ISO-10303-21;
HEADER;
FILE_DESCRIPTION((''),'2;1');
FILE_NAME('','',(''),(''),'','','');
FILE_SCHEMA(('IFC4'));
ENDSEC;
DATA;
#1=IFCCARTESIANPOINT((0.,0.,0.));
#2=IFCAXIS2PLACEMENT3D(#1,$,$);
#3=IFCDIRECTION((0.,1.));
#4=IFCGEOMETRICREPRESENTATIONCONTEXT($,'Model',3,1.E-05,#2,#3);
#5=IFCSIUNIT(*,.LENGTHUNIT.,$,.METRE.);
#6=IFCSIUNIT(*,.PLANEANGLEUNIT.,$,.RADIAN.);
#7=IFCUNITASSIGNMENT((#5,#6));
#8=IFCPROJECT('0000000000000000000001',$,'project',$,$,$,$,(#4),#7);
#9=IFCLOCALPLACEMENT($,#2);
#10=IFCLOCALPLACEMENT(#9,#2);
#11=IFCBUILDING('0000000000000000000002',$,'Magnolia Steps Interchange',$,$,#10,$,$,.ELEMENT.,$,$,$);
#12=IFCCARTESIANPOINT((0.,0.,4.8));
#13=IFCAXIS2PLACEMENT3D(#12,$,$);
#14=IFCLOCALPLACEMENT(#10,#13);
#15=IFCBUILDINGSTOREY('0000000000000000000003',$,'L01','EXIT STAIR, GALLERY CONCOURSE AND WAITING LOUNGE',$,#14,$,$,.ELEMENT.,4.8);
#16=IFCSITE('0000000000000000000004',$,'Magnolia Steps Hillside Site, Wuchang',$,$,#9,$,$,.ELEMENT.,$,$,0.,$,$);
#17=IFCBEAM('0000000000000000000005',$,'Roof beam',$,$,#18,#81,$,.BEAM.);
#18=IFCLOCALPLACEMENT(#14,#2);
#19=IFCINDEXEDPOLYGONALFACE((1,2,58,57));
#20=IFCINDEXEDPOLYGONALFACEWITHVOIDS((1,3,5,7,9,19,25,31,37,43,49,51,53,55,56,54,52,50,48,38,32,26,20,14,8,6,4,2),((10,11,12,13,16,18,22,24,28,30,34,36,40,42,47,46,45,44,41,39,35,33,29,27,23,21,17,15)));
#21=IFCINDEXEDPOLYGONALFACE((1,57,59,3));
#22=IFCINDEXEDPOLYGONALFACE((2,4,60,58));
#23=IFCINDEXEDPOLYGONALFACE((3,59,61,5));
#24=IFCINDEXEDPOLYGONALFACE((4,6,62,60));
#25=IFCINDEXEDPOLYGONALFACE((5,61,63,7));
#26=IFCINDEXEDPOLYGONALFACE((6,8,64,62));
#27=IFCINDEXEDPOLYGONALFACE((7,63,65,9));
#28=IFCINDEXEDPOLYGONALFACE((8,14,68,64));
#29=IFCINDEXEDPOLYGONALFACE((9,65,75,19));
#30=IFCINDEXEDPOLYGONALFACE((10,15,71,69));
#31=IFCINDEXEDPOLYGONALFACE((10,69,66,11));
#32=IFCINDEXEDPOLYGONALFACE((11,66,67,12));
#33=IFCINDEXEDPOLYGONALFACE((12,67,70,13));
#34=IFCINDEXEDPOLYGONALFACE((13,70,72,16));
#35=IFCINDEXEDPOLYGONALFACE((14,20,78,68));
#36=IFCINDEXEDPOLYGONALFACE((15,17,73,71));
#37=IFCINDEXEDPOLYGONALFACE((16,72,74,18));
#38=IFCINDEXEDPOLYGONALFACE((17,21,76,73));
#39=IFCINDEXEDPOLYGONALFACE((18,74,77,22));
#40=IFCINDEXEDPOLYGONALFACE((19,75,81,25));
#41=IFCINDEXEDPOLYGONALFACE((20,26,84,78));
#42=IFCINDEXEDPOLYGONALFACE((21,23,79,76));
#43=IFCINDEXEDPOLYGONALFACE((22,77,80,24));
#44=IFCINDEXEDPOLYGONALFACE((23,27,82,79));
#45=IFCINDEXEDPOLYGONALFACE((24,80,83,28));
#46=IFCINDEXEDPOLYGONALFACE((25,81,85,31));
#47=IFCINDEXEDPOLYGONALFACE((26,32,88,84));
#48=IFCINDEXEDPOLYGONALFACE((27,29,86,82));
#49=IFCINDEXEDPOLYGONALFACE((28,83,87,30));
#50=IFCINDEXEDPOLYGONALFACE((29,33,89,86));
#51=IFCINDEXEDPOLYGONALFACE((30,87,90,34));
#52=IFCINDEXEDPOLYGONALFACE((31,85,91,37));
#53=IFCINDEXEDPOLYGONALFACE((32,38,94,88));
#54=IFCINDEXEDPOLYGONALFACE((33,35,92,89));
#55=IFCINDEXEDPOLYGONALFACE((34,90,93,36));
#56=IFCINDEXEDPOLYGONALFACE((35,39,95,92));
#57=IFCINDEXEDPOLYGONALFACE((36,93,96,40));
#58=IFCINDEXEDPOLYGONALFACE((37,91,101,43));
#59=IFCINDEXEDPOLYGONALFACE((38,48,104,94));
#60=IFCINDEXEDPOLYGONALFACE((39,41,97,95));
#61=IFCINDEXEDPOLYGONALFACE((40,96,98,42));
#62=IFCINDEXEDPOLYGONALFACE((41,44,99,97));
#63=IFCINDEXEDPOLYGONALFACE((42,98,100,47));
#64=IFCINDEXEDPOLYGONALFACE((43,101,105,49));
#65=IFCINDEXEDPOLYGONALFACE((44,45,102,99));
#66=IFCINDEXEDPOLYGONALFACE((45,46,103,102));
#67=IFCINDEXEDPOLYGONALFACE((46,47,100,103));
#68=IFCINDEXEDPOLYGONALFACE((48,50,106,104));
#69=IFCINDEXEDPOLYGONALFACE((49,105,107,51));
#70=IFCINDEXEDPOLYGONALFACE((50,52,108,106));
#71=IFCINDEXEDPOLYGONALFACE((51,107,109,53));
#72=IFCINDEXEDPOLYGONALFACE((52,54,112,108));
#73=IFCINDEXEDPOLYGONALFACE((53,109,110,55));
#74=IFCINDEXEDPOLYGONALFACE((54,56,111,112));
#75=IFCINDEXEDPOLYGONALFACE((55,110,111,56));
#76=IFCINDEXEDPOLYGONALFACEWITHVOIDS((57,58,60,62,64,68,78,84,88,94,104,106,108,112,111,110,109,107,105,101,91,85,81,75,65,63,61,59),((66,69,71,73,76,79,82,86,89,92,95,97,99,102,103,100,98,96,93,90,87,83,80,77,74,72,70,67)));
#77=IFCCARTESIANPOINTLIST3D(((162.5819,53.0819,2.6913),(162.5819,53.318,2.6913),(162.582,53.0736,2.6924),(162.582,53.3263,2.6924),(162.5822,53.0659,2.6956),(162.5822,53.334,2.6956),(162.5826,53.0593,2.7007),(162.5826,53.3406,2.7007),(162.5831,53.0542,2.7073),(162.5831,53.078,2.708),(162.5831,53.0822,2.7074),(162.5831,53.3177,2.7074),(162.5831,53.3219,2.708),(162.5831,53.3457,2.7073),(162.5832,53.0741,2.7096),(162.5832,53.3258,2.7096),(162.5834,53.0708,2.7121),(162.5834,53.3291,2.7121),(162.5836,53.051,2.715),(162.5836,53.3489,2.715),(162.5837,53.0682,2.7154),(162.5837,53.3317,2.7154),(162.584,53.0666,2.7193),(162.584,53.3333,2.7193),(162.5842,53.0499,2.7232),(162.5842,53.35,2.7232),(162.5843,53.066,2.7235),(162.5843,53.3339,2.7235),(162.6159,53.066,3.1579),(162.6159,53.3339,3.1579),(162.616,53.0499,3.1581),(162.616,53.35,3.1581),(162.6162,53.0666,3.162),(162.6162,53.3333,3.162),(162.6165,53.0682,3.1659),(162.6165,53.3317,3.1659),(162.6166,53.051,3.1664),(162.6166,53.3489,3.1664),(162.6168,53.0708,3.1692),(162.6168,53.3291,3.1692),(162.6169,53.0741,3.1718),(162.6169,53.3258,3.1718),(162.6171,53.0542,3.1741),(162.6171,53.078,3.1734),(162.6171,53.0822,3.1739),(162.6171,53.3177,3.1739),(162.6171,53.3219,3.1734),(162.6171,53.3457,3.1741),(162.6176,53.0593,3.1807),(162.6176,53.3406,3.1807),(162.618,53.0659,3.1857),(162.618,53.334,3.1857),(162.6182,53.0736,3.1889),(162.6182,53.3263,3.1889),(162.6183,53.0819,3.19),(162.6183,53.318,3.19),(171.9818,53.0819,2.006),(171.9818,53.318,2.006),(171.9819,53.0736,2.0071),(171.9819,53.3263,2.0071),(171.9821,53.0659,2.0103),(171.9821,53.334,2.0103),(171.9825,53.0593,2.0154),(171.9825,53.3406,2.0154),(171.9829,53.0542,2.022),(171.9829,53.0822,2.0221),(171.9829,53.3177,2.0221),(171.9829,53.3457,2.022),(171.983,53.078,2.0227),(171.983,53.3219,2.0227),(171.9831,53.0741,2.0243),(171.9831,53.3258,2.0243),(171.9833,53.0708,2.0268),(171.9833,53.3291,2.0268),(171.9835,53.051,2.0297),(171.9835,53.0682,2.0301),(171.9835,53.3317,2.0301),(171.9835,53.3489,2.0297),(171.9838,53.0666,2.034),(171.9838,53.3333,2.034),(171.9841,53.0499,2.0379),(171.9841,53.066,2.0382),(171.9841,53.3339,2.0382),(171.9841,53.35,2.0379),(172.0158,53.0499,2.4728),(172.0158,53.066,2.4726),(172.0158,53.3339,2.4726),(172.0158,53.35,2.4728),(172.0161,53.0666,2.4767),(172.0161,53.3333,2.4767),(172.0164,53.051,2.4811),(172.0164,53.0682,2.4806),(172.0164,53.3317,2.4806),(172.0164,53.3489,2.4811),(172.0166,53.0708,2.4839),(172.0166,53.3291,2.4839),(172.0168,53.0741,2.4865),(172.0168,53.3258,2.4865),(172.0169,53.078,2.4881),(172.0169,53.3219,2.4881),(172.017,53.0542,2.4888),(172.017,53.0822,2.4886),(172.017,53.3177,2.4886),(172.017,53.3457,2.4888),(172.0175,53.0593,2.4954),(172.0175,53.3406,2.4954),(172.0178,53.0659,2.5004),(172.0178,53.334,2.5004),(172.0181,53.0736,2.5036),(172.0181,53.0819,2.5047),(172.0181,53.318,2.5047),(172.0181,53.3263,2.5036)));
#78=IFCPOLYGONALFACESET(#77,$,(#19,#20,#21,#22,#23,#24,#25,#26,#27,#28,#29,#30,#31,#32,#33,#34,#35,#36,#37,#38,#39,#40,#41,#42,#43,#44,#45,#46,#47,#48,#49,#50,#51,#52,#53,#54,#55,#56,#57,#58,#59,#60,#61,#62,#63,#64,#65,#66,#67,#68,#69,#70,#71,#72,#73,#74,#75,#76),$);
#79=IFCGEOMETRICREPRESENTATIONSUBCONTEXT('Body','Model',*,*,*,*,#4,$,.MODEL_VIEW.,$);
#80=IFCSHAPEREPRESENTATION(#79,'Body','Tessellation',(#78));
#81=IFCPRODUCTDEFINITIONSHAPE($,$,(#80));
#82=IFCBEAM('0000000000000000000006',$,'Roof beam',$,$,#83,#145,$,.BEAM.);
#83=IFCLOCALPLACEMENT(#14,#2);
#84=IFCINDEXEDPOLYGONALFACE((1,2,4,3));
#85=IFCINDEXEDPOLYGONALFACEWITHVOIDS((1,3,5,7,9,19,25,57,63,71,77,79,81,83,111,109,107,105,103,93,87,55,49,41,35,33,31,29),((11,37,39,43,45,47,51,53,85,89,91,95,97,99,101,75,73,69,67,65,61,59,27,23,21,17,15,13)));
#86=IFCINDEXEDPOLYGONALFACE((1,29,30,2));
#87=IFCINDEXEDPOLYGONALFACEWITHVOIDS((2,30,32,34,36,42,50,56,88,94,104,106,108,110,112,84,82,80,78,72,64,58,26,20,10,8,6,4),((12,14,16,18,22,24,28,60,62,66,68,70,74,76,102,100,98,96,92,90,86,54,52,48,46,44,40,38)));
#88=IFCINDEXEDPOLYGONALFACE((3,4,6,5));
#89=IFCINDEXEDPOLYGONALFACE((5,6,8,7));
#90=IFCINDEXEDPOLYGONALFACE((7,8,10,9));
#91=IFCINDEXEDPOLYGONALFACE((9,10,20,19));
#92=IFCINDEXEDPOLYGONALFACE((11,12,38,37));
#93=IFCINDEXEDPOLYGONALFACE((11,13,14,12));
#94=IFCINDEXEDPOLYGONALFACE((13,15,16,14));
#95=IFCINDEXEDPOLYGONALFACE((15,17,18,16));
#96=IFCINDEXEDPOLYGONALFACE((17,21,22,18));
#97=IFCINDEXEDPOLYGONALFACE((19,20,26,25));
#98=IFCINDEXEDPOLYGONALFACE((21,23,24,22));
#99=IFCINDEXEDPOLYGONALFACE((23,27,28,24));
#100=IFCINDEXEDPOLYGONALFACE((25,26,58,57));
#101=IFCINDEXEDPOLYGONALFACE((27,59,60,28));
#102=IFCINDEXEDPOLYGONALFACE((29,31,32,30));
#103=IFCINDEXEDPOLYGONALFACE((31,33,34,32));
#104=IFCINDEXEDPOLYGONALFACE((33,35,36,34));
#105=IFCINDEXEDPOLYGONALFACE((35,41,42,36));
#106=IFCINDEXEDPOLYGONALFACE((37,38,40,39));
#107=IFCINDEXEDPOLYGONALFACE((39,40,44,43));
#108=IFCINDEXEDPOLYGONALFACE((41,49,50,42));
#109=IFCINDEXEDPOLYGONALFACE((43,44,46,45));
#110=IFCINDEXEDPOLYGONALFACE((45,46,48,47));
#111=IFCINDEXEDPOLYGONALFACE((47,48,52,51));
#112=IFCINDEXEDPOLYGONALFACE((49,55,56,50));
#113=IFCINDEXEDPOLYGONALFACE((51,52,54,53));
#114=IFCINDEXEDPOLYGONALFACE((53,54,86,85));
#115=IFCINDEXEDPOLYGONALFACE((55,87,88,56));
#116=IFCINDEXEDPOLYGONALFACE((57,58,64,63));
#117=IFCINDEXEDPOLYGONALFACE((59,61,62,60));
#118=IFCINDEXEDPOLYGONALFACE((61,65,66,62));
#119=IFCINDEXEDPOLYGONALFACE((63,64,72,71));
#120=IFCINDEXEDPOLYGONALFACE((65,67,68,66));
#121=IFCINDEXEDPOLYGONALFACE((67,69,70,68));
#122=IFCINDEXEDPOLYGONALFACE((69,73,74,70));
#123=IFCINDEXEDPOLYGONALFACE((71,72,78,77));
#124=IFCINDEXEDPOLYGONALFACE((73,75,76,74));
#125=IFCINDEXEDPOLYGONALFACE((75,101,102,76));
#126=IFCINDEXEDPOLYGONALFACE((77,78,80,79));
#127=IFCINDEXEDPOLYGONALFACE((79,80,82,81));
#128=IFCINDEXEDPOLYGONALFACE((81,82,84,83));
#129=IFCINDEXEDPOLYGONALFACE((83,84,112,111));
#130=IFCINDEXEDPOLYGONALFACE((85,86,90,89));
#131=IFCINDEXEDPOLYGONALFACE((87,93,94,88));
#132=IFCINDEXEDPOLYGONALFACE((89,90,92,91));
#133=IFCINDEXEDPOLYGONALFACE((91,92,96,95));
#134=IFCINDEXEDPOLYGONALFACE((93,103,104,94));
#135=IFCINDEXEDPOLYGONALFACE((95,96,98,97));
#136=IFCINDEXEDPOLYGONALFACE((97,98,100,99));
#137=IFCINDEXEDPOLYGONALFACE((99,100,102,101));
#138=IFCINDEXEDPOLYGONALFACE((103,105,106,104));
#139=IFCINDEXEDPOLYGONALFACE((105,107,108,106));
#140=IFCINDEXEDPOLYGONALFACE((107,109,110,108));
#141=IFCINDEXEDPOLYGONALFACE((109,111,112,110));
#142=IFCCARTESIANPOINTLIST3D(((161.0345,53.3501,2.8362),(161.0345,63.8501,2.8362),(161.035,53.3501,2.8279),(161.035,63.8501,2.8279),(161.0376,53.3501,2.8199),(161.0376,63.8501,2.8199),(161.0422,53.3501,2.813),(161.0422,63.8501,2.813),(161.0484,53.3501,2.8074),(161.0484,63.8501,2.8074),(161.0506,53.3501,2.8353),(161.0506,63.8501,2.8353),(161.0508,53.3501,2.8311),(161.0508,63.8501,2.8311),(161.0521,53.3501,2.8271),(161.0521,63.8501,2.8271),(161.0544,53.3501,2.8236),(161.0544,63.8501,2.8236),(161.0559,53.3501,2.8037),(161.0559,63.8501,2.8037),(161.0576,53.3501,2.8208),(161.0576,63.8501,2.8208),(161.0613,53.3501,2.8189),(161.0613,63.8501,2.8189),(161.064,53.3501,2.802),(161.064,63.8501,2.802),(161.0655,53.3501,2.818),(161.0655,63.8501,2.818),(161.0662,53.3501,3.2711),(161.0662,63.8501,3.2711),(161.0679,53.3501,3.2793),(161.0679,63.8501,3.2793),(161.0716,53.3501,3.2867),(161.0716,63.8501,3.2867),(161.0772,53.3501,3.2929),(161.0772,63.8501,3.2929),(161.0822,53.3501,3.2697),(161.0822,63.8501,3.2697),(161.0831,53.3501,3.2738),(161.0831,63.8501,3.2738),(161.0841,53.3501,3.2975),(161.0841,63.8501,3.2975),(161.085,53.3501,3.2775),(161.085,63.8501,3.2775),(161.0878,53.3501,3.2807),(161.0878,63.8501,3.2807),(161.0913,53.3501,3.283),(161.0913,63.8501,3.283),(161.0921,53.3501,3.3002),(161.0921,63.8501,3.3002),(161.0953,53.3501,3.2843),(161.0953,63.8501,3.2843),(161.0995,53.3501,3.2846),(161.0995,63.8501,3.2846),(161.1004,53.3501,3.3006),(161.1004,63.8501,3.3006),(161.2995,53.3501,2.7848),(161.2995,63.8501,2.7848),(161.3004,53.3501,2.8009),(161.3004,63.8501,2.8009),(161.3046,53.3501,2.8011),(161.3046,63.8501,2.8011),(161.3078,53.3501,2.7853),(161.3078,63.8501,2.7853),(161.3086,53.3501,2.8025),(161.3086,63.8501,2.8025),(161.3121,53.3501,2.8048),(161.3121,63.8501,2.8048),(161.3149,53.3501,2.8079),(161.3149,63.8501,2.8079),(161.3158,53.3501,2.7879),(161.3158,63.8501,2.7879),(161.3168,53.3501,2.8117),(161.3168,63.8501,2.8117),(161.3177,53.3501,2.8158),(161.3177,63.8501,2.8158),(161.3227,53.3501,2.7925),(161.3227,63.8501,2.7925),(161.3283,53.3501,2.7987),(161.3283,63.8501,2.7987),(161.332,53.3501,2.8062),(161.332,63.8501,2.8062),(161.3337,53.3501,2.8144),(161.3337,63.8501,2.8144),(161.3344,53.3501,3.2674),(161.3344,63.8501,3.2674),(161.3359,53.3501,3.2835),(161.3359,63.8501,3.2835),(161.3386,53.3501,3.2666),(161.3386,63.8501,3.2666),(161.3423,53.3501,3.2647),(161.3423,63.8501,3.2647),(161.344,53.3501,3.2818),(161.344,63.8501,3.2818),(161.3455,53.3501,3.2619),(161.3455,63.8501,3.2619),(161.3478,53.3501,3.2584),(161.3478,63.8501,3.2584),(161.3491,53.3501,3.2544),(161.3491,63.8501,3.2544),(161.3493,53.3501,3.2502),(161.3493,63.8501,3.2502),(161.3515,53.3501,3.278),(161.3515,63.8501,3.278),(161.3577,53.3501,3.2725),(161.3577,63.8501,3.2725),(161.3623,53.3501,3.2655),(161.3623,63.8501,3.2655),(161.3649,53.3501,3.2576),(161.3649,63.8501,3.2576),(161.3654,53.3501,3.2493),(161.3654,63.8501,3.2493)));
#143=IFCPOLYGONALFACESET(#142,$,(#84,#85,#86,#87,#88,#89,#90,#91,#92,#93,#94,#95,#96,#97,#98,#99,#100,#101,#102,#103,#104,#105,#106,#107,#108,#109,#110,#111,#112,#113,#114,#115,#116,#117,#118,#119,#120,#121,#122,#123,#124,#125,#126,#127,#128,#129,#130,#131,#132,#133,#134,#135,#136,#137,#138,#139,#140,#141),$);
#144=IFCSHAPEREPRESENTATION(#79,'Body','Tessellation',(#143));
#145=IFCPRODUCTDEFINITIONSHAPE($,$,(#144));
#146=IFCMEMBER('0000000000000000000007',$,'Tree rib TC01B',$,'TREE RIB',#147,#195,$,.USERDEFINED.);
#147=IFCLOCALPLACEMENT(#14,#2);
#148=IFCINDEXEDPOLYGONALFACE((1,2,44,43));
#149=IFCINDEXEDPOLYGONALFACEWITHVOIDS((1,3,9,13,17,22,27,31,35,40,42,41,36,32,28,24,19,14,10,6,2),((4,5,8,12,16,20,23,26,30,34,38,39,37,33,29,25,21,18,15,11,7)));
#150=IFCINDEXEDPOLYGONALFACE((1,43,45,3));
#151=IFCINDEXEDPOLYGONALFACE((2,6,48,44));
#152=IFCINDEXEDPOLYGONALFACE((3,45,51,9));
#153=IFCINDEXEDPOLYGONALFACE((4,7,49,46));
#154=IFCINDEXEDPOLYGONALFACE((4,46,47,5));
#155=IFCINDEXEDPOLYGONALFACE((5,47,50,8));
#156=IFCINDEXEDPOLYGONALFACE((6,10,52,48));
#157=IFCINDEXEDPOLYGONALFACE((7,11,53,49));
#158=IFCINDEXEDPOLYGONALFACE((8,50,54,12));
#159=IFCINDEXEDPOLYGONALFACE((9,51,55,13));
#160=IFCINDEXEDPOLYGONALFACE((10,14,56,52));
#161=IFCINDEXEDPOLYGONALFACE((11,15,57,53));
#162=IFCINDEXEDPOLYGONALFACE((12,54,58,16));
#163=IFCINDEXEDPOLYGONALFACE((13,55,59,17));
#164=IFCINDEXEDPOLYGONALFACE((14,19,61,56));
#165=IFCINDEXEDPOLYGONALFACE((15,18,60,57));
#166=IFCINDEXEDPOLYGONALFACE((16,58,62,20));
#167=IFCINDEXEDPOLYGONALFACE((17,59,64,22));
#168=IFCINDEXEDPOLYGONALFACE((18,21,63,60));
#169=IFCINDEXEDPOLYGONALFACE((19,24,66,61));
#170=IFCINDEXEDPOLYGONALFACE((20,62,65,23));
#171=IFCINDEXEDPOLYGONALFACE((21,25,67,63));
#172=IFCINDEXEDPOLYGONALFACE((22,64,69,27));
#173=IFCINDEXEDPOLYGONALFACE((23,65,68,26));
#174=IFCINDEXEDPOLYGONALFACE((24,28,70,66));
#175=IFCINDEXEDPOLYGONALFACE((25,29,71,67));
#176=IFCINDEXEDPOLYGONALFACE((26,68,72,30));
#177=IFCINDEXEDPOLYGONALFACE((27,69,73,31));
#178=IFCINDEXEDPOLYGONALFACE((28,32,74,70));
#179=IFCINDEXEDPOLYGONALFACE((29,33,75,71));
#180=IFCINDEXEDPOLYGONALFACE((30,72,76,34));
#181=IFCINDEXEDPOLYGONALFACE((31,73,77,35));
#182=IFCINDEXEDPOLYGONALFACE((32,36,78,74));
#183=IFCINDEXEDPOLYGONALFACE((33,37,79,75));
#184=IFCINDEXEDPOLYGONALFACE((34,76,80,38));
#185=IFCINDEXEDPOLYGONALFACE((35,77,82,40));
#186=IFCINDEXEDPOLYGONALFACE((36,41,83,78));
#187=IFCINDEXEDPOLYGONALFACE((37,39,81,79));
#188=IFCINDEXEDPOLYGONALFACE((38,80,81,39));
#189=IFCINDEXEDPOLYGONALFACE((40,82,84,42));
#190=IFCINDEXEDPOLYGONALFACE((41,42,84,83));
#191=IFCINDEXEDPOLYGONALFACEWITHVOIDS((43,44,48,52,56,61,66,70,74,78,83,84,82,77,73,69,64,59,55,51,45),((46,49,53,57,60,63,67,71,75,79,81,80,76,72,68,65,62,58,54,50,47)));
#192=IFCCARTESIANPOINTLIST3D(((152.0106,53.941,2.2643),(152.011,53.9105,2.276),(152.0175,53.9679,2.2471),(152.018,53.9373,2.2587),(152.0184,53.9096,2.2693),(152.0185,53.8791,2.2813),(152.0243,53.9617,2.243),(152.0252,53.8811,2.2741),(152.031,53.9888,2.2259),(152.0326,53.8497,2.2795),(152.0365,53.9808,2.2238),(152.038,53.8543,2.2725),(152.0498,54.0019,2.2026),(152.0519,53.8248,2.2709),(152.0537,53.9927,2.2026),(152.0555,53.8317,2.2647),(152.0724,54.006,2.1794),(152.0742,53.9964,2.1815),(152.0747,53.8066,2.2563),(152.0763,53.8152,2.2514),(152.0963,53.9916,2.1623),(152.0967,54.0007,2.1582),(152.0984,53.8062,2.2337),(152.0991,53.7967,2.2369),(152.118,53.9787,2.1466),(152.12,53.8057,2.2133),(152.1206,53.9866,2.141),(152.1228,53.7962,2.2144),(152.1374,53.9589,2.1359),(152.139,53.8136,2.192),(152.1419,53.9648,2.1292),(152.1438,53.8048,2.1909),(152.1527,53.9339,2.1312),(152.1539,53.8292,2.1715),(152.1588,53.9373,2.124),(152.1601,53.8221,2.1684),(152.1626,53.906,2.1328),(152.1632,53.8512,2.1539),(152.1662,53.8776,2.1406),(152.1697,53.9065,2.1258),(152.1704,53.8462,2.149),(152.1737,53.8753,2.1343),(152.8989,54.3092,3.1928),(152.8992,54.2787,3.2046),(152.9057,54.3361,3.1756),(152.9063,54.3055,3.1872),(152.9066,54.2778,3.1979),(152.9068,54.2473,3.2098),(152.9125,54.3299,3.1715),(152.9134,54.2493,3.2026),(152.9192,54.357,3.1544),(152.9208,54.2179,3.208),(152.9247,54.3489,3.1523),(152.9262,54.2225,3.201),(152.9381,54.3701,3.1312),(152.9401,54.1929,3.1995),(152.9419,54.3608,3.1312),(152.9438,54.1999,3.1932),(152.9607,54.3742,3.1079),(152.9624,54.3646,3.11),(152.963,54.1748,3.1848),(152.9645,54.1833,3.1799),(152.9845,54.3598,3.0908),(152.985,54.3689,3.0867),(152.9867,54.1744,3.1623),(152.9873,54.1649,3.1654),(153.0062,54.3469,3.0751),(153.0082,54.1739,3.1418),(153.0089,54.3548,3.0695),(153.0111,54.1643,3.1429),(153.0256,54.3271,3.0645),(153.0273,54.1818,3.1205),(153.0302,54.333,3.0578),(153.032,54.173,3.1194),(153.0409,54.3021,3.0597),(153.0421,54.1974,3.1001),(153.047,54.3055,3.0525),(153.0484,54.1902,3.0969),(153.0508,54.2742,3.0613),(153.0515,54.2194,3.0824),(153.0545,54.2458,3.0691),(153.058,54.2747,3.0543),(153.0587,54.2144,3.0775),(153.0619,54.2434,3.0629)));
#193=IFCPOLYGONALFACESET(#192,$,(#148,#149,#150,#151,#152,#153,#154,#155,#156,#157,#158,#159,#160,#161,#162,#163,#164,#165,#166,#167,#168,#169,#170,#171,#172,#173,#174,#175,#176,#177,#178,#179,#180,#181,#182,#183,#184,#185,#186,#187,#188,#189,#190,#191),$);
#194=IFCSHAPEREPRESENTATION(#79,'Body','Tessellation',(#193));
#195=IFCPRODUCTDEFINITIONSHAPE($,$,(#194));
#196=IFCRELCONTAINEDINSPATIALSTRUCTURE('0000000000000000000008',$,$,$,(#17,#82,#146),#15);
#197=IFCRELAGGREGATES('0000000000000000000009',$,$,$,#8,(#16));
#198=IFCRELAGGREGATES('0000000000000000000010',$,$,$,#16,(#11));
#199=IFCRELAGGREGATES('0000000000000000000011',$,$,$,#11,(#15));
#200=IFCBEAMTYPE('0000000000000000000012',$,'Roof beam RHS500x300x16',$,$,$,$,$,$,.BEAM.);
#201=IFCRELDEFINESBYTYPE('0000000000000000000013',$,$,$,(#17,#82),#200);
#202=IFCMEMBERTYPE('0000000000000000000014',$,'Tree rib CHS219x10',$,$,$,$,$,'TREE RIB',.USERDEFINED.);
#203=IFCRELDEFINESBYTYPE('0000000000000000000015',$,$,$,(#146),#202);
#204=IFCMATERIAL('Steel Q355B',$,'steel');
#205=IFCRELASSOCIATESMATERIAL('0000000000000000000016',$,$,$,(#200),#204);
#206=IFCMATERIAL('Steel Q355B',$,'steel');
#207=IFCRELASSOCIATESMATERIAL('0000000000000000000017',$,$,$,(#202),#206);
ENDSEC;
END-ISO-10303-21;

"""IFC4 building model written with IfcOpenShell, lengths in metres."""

from ifc_helpers import new_model, si_unit, direction, frame, origin, origin_2d, place, context, subcontext, project, spatial, hollow_rectangle, hollow_circle, extrude, material, material_profile, profile_set, type_object, element, save


model = new_model("IFC4")

# Units and contexts
model_context = context("Model", 3, precision=1e-05, world=origin(), true_north=direction((0.0, 1.0)))
body_context = subcontext(model_context, "Body", "Model", "MODEL_VIEW")
ifc_project = project(units=[si_unit("LENGTHUNIT", "METRE"), si_unit("PLANEANGLEUNIT", "RADIAN")], contexts=[model_context])

# Site, building, storey
site_placement = place(None, origin())
site = spatial("IfcSite", under=ifc_project, at=site_placement, Name="Magnolia Steps Hillside Site, Wuchang", CompositionType="ELEMENT", RefElevation=0.0)
building_placement = place(site_placement, origin())
building = spatial("IfcBuilding", under=site, at=building_placement, Name="Magnolia Steps Interchange", CompositionType="ELEMENT")
storey_placement = place(building_placement, frame((0.0, 0.0, 4.8)))
storey = spatial("IfcBuildingStorey", under=building, at=storey_placement, Name="L01", Description="EXIT STAIR, GALLERY CONCOURSE AND WAITING LOUNGE", CompositionType="ELEMENT", Elevation=4.8)

# Beams
ifc_material_1 = material(Name="Steel Q355B", Category="steel")
ifc_material_profile_1 = material_profile(ifc_material_1, hollow_rectangle(XDim=0.3, YDim=0.5, WallThickness=0.0161, InnerFilletRadius=0.0161, OuterFilletRadius=0.032, at=origin_2d()), Name="RHS500x300x16")
ifc_profile_set_1 = profile_set([ifc_material_profile_1], Name="Steel Q355B")
beam_type_1 = type_object("IfcBeamType", Name="Roof beam RHS500x300x16", PredefinedType="BEAM", material=ifc_profile_set_1)
beam_1_placement = place(storey_placement, frame((162.6001, 53.2, 2.9407), z_axis=(0.997353, 0.0, -0.072712), x_axis=(0.0, 1.0, 0.0)))
element("IfcBeam", 1, at=beam_1_placement, inside=storey, type_object=beam_type_1, Name="Roof beam", PredefinedType="BEAM", context=body_context, shape_type="SweptSolid", body=[
    extrude(hollow_rectangle(XDim=0.3, YDim=0.5, WallThickness=0.0161, InnerFilletRadius=0.0161, OuterFilletRadius=0.032, at=origin_2d()), origin(), (0.0, 0.0, 1.0), 9.4248),
])
beam_2_placement = place(storey_placement, frame((161.2, 53.3501, 3.0427), z_axis=(0.0, 1.0, 0.0), x_axis=(-0.997352, 0.0, 0.072724)))
element("IfcBeam", 2, at=beam_2_placement, inside=storey, type_object=beam_type_1, Name="Roof beam", PredefinedType="BEAM", context=body_context, shape_type="SweptSolid", body=[
    extrude(hollow_rectangle(XDim=0.3, YDim=0.5, WallThickness=0.0161, InnerFilletRadius=0.0161, OuterFilletRadius=0.032, at=origin_2d()), origin(), (0.0, 0.0, 1.0), 10.5),
])

# Member
ifc_material_2 = material(Name="Steel Q355B", Category="steel")
ifc_material_profile_2 = material_profile(ifc_material_2, hollow_circle(Radius=0.1096, WallThickness=0.01, at=origin_2d()), Name="CHS219x10")
ifc_profile_set_2 = profile_set([ifc_material_profile_2], Name="Steel Q355B")
member_type = type_object("IfcMemberType", Name="Tree rib CHS219x10", ElementType="TREE RIB", PredefinedType="USERDEFINED", material=ifc_profile_set_2)
member_1_placement = place(storey_placement, frame((152.0918, 53.9006, 2.2026), z_axis=(0.664516, 0.275451, 0.694655), x_axis=(-0.38292, 0.923782, 0.0)))
element("IfcMember", 3, at=member_1_placement, inside=storey, type_object=member_type, Name="Tree rib TC01B", ObjectType="TREE RIB", PredefinedType="USERDEFINED", context=body_context, shape_type="SweptSolid", body=[
    extrude(hollow_circle(Radius=0.1096, WallThickness=0.01, at=origin_2d()), origin(), (0.0, 0.0, 1.0), 1.3367),
])

save(model, "model.ifc")
